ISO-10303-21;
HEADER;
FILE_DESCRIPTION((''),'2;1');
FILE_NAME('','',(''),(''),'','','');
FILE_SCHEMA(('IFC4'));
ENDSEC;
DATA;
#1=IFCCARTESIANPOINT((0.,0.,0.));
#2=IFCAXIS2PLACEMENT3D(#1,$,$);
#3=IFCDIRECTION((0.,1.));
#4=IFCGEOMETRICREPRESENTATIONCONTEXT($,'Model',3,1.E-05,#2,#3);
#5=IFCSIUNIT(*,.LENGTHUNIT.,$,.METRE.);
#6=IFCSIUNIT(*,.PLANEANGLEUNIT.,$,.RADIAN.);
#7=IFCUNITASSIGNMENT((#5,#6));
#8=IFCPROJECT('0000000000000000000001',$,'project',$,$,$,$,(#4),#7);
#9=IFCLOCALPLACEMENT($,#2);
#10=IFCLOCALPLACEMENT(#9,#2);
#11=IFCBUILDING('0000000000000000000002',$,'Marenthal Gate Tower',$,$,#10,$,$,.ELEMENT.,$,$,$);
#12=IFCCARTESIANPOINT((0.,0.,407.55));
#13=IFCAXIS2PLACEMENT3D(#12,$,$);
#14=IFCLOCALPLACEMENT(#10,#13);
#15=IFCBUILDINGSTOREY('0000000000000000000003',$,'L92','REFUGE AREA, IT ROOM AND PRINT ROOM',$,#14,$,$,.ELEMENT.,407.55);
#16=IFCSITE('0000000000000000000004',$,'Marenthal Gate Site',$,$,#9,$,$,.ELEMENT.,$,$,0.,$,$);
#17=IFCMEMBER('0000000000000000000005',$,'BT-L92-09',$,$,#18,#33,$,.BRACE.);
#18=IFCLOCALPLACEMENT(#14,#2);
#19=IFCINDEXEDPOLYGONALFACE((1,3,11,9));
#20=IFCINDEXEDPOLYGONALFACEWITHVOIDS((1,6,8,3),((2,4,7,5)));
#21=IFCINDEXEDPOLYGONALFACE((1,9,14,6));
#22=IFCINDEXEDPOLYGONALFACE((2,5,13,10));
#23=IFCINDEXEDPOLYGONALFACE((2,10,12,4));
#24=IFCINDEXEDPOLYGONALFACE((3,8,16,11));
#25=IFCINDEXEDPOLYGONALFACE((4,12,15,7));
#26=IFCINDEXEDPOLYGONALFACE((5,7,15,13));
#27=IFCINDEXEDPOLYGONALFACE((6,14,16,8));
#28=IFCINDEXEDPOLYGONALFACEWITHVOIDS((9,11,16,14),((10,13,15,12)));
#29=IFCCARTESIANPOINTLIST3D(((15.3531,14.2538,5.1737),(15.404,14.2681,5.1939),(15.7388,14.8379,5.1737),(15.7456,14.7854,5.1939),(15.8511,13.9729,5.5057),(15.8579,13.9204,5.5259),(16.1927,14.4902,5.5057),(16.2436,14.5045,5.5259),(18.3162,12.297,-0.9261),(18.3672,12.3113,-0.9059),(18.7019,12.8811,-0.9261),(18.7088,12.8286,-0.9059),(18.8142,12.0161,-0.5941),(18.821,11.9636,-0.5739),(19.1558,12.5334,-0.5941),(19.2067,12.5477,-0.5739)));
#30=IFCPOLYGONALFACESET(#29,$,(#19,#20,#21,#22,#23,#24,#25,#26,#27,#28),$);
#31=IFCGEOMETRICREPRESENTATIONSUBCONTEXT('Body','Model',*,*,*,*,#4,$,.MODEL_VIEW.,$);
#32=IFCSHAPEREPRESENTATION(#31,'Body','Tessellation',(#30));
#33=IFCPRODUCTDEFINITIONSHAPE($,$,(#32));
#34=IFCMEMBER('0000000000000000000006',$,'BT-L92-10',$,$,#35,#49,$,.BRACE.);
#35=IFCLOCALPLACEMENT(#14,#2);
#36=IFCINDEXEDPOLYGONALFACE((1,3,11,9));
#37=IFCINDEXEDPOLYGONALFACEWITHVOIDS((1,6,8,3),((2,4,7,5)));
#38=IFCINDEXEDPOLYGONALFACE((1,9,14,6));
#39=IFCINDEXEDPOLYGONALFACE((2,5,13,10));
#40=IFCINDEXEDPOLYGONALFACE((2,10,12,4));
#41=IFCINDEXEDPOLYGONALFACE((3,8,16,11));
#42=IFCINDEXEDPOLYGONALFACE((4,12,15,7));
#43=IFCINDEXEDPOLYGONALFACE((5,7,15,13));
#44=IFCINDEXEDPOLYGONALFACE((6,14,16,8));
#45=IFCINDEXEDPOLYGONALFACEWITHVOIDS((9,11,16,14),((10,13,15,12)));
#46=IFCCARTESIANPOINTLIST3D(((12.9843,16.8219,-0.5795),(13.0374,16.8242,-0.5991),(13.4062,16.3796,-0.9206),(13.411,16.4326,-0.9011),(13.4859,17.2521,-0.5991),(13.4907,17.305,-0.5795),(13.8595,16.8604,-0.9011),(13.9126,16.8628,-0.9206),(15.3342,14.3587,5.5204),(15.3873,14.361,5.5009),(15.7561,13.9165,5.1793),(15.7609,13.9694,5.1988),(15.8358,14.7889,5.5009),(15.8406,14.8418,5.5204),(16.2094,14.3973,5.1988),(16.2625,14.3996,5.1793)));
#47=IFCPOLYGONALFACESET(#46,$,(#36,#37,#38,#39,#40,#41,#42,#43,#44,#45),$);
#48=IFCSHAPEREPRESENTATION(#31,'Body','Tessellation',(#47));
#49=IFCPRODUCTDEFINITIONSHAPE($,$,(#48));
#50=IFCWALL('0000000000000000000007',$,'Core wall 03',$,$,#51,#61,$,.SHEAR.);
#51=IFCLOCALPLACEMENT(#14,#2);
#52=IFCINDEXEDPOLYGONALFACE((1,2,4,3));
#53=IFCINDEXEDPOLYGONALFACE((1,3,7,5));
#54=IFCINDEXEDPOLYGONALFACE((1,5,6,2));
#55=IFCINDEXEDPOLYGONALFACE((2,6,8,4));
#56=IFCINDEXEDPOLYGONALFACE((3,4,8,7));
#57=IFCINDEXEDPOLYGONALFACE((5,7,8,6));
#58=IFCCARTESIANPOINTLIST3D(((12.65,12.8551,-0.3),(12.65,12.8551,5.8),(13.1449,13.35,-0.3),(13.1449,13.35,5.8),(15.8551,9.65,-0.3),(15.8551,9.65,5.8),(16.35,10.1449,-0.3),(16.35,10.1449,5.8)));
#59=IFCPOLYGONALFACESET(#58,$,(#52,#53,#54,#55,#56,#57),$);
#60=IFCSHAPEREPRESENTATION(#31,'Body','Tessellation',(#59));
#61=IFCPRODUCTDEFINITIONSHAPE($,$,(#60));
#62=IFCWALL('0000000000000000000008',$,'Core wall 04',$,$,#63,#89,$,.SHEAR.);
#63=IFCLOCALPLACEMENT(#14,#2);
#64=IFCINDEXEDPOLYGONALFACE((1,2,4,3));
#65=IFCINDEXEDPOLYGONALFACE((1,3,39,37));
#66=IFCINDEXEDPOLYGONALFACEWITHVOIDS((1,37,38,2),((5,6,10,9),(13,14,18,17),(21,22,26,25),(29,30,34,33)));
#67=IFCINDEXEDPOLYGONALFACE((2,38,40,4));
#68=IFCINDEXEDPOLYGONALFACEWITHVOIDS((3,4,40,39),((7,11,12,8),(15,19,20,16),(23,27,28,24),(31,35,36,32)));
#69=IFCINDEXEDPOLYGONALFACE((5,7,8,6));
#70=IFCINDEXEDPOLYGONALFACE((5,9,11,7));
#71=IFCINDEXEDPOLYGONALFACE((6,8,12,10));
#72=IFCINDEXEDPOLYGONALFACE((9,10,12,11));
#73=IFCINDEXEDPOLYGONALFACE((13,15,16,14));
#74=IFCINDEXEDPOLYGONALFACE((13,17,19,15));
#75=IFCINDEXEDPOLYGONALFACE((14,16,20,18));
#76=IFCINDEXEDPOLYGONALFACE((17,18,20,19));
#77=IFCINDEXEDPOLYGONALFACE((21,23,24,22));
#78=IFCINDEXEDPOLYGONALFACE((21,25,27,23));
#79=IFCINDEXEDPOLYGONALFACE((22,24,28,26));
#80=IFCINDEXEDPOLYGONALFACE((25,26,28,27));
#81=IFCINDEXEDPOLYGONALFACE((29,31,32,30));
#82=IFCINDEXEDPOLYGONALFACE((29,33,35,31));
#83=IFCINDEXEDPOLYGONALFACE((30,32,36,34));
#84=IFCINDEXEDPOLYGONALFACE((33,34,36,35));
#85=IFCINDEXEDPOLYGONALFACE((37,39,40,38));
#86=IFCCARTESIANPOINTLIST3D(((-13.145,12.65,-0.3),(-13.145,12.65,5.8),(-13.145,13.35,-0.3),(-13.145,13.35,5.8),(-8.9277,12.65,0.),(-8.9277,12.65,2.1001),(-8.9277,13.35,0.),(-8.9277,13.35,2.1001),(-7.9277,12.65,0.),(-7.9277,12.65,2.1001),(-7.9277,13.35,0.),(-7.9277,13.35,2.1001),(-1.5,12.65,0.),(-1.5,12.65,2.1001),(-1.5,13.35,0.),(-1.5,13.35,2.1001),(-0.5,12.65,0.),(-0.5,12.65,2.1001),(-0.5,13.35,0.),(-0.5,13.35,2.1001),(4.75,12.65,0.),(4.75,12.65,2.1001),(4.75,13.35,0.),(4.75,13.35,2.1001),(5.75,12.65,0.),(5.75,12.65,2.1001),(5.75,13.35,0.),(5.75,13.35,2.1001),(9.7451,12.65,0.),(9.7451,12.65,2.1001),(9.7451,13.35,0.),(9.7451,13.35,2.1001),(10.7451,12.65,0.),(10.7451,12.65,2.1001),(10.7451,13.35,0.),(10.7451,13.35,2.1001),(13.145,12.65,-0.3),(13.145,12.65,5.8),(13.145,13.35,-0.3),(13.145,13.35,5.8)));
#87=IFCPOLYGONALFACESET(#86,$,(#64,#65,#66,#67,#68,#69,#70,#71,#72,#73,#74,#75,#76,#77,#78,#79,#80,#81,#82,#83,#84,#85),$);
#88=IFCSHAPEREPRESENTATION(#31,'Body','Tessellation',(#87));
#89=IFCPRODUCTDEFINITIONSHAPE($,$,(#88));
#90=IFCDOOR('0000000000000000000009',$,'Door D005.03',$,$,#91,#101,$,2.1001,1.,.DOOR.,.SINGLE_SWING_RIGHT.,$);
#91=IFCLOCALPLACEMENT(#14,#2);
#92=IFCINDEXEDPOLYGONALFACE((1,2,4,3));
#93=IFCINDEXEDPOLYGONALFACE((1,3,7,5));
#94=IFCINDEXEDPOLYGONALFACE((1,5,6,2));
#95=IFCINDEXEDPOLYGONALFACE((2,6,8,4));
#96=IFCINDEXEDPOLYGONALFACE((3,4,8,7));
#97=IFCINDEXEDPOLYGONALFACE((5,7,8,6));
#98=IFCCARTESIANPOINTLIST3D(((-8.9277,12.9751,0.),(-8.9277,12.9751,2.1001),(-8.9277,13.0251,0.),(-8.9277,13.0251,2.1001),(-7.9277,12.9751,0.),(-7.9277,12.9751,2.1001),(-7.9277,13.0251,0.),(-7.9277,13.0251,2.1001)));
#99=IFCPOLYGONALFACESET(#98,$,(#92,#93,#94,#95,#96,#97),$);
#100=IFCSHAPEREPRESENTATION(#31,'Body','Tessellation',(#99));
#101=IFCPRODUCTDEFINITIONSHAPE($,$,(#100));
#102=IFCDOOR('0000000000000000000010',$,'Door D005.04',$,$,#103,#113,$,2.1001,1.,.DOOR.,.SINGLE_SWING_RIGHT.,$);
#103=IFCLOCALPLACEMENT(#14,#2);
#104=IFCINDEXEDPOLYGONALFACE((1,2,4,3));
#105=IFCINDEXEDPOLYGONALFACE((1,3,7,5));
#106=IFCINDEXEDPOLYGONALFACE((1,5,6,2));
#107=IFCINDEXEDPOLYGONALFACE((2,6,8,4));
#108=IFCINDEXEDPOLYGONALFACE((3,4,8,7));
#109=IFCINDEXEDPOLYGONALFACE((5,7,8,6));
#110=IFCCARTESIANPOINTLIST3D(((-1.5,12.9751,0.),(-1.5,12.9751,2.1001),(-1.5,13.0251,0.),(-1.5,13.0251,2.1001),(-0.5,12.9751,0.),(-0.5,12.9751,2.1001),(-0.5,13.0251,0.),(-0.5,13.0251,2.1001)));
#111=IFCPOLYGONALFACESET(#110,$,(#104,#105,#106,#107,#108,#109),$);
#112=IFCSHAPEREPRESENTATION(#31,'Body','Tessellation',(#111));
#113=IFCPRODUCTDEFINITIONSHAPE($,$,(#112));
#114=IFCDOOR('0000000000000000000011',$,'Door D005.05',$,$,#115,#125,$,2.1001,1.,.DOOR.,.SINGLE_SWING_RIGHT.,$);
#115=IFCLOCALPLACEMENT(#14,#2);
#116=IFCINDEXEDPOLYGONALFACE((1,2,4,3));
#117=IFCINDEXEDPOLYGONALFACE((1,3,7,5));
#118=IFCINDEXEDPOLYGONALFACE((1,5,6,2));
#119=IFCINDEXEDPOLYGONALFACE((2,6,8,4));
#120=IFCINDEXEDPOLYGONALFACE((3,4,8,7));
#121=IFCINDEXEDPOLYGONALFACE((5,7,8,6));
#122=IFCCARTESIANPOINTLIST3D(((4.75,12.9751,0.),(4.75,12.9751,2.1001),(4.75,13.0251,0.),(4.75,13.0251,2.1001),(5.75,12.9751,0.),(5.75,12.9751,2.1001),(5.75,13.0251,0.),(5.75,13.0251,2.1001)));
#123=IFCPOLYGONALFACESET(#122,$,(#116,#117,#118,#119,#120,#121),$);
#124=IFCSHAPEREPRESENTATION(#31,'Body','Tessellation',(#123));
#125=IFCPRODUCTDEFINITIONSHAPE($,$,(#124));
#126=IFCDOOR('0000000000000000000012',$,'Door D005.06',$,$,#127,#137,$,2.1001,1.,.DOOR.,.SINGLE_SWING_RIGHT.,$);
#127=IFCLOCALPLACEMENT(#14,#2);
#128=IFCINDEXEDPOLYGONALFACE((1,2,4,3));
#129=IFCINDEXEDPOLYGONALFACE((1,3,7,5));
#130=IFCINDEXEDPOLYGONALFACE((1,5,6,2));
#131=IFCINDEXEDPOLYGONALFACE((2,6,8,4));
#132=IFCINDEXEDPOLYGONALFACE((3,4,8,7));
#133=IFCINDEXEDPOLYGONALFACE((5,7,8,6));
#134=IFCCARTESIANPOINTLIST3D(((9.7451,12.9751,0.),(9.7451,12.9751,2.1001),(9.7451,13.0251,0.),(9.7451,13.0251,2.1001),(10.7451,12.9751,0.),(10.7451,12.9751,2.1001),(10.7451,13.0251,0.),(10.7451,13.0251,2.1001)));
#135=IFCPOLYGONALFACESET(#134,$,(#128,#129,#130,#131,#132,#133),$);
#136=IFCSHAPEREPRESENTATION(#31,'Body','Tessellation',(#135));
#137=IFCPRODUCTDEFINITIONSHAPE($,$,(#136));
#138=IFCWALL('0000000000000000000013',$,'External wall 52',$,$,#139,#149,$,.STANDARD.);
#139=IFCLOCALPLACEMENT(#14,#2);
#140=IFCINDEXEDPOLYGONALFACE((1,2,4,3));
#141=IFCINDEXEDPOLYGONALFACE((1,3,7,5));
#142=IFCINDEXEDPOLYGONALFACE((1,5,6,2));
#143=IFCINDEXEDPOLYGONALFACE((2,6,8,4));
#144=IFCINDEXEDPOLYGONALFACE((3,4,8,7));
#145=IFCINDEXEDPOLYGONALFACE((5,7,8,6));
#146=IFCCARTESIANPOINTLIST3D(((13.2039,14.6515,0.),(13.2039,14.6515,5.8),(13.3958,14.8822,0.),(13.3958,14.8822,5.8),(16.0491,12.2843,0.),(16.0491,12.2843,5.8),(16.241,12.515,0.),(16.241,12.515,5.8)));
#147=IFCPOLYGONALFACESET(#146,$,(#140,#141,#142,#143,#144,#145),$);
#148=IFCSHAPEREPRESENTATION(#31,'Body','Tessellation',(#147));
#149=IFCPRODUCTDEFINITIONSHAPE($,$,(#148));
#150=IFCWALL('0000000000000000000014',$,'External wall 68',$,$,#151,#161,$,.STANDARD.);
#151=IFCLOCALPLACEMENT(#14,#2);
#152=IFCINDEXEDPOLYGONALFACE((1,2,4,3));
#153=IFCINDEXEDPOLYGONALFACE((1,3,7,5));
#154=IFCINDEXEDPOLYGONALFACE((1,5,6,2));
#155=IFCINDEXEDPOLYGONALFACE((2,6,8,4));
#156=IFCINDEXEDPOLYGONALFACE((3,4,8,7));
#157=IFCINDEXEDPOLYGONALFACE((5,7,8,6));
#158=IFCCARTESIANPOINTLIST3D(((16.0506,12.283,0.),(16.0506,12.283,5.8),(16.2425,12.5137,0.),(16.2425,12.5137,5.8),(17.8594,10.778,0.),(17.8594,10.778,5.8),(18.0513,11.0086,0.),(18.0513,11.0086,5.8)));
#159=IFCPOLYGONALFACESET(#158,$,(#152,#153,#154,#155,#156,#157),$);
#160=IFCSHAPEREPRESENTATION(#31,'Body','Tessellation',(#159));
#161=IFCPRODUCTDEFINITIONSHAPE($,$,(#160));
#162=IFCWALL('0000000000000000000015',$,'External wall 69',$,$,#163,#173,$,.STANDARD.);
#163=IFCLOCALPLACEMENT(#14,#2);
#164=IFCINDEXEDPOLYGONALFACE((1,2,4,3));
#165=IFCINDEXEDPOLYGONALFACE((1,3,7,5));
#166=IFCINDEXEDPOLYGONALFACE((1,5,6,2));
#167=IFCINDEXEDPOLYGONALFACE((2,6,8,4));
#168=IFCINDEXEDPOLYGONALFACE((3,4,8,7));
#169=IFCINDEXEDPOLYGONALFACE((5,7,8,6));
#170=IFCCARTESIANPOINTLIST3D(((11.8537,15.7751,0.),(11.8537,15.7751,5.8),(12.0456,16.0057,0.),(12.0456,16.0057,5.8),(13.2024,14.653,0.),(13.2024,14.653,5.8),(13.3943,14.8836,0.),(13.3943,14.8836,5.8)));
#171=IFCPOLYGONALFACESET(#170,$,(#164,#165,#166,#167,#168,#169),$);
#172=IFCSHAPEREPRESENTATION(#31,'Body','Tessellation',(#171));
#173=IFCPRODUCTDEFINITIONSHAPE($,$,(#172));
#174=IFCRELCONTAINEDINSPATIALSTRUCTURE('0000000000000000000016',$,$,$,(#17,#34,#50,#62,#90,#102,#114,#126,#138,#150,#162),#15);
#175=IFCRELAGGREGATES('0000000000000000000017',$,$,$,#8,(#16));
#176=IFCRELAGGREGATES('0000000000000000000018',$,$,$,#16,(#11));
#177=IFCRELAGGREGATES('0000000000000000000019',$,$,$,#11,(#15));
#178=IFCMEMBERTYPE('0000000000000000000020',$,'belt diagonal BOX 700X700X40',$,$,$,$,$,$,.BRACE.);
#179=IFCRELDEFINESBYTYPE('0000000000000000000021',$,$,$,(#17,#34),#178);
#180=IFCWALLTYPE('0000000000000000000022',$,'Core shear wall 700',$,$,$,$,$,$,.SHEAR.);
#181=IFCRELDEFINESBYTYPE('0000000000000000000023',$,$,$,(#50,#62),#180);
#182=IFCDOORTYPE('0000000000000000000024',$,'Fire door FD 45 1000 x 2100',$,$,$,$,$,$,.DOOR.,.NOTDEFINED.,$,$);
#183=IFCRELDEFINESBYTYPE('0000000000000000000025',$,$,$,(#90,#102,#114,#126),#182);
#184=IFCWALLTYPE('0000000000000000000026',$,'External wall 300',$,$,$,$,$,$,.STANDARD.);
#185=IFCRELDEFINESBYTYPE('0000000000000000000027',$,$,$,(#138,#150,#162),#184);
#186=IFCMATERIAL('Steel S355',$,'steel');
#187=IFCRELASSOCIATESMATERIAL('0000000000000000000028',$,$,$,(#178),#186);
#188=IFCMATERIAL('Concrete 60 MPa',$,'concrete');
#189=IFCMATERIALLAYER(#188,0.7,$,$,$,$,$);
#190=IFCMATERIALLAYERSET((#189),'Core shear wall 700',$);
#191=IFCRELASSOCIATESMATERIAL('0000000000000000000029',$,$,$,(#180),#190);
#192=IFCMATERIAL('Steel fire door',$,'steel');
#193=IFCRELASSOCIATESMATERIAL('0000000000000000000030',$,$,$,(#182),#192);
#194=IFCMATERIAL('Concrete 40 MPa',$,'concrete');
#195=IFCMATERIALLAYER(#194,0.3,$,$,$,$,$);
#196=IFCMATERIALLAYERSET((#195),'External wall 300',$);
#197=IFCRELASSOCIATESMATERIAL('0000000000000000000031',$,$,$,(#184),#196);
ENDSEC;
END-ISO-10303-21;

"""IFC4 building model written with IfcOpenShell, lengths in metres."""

from ifc_helpers import new_model, si_unit, direction, frame, frame_2d, origin, origin_2d, place, context, subcontext, project, spatial, rectangle, hollow_rectangle, extrude, material, layer, layer_set, material_profile, profile_set, type_object, element, fill, save


model = new_model("IFC4")

# Units and contexts
model_context = context("Model", 3, precision=1e-05, world=origin(), true_north=direction((0.0, 1.0)))
body_context = subcontext(model_context, "Body", "Model", "MODEL_VIEW")
ifc_project = project(units=[si_unit("LENGTHUNIT", "METRE"), si_unit("PLANEANGLEUNIT", "RADIAN")], contexts=[model_context])

# Site, building, storey
site_placement = place(None, origin())
site = spatial("IfcSite", under=ifc_project, at=site_placement, Name="Marenthal Gate Site", CompositionType="ELEMENT", RefElevation=0.0)
building_placement = place(site_placement, origin())
building = spatial("IfcBuilding", under=site, at=building_placement, Name="Marenthal Gate Tower", CompositionType="ELEMENT")
storey_placement = place(building_placement, frame((0.0, 0.0, 407.55)))
storey = spatial("IfcBuildingStorey", under=building, at=storey_placement, Name="L92", Description="REFUGE AREA, IT ROOM AND PRINT ROOM", CompositionType="ELEMENT", Elevation=407.55)

# Members
ifc_material_1 = material(Name="Steel S355", Category="steel")
ifc_material_profile_1 = material_profile(ifc_material_1, hollow_rectangle(XDim=0.7, YDim=0.7, WallThickness=0.04, at=origin_2d()), Name="BOX 700X700X40")
ifc_profile_set_1 = profile_set([ifc_material_profile_1], Name="Steel S355")
member_type_1 = type_object("IfcMemberType", Name="belt diagonal BOX 700X700X40", PredefinedType="BRACE", material=ifc_profile_set_1)
member_1_placement = place(storey_placement, frame((18.7615, 12.4224, -0.75), z_axis=(-0.419818, 0.277238, 0.864229), x_axis=(-0.551062, -0.834465, 0.0)))
element("IfcMember", 1, at=member_1_placement, inside=storey, type_object=member_type_1, Name="BT-L92-09", PredefinedType="BRACE", context=body_context, shape_type="SweptSolid", body=[
    extrude(hollow_rectangle(XDim=0.7, YDim=0.7, WallThickness=0.04, at=origin_2d()), origin(), (0.0, 0.0, 1.0), 7.0581),
])
member_2_placement = place(storey_placement, frame((15.7983, 14.3792, 5.3499), z_axis=(-0.336391, 0.352607, -0.873218), x_axis=(-0.723549, -0.690273, 0.0)))
element("IfcMember", 2, at=member_2_placement, inside=storey, type_object=member_type_1, Name="BT-L92-10", PredefinedType="BRACE", context=body_context, shape_type="SweptSolid", body=[
    extrude(hollow_rectangle(XDim=0.7, YDim=0.7, WallThickness=0.04, at=origin_2d()), origin(), (0.0, 0.0, 1.0), 6.9856),
])

# Wall
ifc_material_2 = material(Name="Concrete 60 MPa", Category="concrete")
ifc_layer_1 = layer(ifc_material_2, 0.7)
ifc_layer_set_1 = layer_set([ifc_layer_1], Name="Core shear wall 700")
wall_type_1 = type_object("IfcWallType", Name="Core shear wall 700", PredefinedType="SHEAR", material=ifc_layer_set_1)
wall_1_placement = place(storey_placement, frame((16.1025, 9.8975, -0.3), z_axis=(0.0, 0.0, 1.0), x_axis=(-0.707107, 0.707107, 0.0)))
element("IfcWall", 3, at=wall_1_placement, inside=storey, type_object=wall_type_1, Name="Core wall 03", PredefinedType="SHEAR", context=body_context, shape_type="SweptSolid", body=[
    extrude(rectangle(XDim=4.5327, YDim=0.7, at=frame_2d((2.2664, 0.0))), origin(), (0.0, 0.0, 1.0), 6.1001),
])

# Wall, openings, doors
wall_2_placement = place(storey_placement, frame((13.145, 13.0, -0.3), z_axis=(0.0, 0.0, 1.0), x_axis=(-1.0, 0.0, 0.0)))
wall_2 = element("IfcWall", 4, at=wall_2_placement, inside=storey, type_object=wall_type_1, Name="Core wall 04", PredefinedType="SHEAR", context=body_context, shape_type="SweptSolid", body=[
    extrude(rectangle(XDim=26.29, YDim=0.7, at=frame_2d((13.145, 0.0))), origin(), (0.0, 0.0, 1.0), 6.1001),
])
opening_1_placement = place(wall_2_placement, frame((21.0728, 0.0, 0.3)))
opening_1 = element("IfcOpeningElement", 5, at=opening_1_placement, cuts=wall_2, PredefinedType="OPENING", context=body_context, shape_type="SweptSolid", body=[
    extrude(rectangle(XDim=1.0, YDim=2.1001, at=frame_2d((0.5, 1.05))), frame((0.0, 0.3599, 0.0), z_axis=(0.0, -1.0, 0.0), x_axis=(1.0, 0.0, 0.0)), (0.0, 0.0, 1.0), 0.72),
])
opening_2_placement = place(wall_2_placement, frame((13.645, 0.0, 0.3)))
opening_2 = element("IfcOpeningElement", 6, at=opening_2_placement, cuts=wall_2, PredefinedType="OPENING", context=body_context, shape_type="SweptSolid", body=[
    extrude(rectangle(XDim=1.0, YDim=2.1001, at=frame_2d((0.5, 1.05))), frame((0.0, 0.3599, 0.0), z_axis=(0.0, -1.0, 0.0), x_axis=(1.0, 0.0, 0.0)), (0.0, 0.0, 1.0), 0.72),
])
opening_3_placement = place(wall_2_placement, frame((7.395, 0.0, 0.3)))
opening_3 = element("IfcOpeningElement", 7, at=opening_3_placement, cuts=wall_2, PredefinedType="OPENING", context=body_context, shape_type="SweptSolid", body=[
    extrude(rectangle(XDim=1.0, YDim=2.1001, at=frame_2d((0.5, 1.05))), frame((0.0, 0.3599, 0.0), z_axis=(0.0, -1.0, 0.0), x_axis=(1.0, 0.0, 0.0)), (0.0, 0.0, 1.0), 0.72),
])
opening_4_placement = place(wall_2_placement, frame((2.3999, 0.0, 0.3)))
opening_4 = element("IfcOpeningElement", 8, at=opening_4_placement, cuts=wall_2, PredefinedType="OPENING", context=body_context, shape_type="SweptSolid", body=[
    extrude(rectangle(XDim=1.0, YDim=2.1001, at=frame_2d((0.5, 1.05))), frame((0.0, 0.3599, 0.0), z_axis=(0.0, -1.0, 0.0), x_axis=(1.0, 0.0, 0.0)), (0.0, 0.0, 1.0), 0.72),
])
ifc_material_3 = material(Name="Steel fire door", Category="steel")
door_type = type_object("IfcDoorType", Name="Fire door FD 45 1000 x 2100", OperationType="NOTDEFINED", PredefinedType="DOOR", material=ifc_material_3)
door_1_placement = place(opening_1_placement, origin())
door_1 = element("IfcDoor", 9, at=door_1_placement, inside=storey, type_object=door_type, Name="Door D005.03", OperationType="SINGLE_SWING_RIGHT", OverallHeight=2.1001, OverallWidth=1.0, PredefinedType="DOOR", context=body_context, shape_type="SweptSolid", body=[
    extrude(rectangle(XDim=1.0, YDim=2.1001, at=frame_2d((0.5, 1.05))), frame((0.0, 0.0249, 0.0), z_axis=(0.0, -1.0, 0.0), x_axis=(1.0, 0.0, 0.0)), (0.0, 0.0, 1.0), 0.05),
])
fill(opening_1, door_1)
door_2_placement = place(opening_2_placement, origin())
door_2 = element("IfcDoor", 10, at=door_2_placement, inside=storey, type_object=door_type, Name="Door D005.04", OperationType="SINGLE_SWING_RIGHT", OverallHeight=2.1001, OverallWidth=1.0, PredefinedType="DOOR", context=body_context, shape_type="SweptSolid", body=[
    extrude(rectangle(XDim=1.0, YDim=2.1001, at=frame_2d((0.5, 1.05))), frame((0.0, 0.0249, 0.0), z_axis=(0.0, -1.0, 0.0), x_axis=(1.0, 0.0, 0.0)), (0.0, 0.0, 1.0), 0.05),
])
fill(opening_2, door_2)
door_3_placement = place(opening_3_placement, origin())
door_3 = element("IfcDoor", 11, at=door_3_placement, inside=storey, type_object=door_type, Name="Door D005.05", OperationType="SINGLE_SWING_RIGHT", OverallHeight=2.1001, OverallWidth=1.0, PredefinedType="DOOR", context=body_context, shape_type="SweptSolid", body=[
    extrude(rectangle(XDim=1.0, YDim=2.1001, at=frame_2d((0.5, 1.05))), frame((0.0, 0.0249, 0.0), z_axis=(0.0, -1.0, 0.0), x_axis=(1.0, 0.0, 0.0)), (0.0, 0.0, 1.0), 0.05),
])
fill(opening_3, door_3)
door_4_placement = place(opening_4_placement, origin())
door_4 = element("IfcDoor", 12, at=door_4_placement, inside=storey, type_object=door_type, Name="Door D005.06", OperationType="SINGLE_SWING_RIGHT", OverallHeight=2.1001, OverallWidth=1.0, PredefinedType="DOOR", context=body_context, shape_type="SweptSolid", body=[
    extrude(rectangle(XDim=1.0, YDim=2.1001, at=frame_2d((0.5, 1.05))), frame((0.0, 0.0249, 0.0), z_axis=(0.0, -1.0, 0.0), x_axis=(1.0, 0.0, 0.0)), (0.0, 0.0, 1.0), 0.05),
])
fill(opening_4, door_4)

# Walls
ifc_material_4 = material(Name="Concrete 40 MPa", Category="concrete")
ifc_layer_2 = layer(ifc_material_4, 0.3)
ifc_layer_set_2 = layer_set([ifc_layer_2], Name="External wall 300")
wall_type_2 = type_object("IfcWallType", Name="External wall 300", PredefinedType="STANDARD", material=ifc_layer_set_2)
wall_3_placement = place(storey_placement, frame((16.145, 12.3997, 0.0), z_axis=(0.0, 0.0, 1.0), x_axis=(-0.768729, 0.639574, 0.0)))
element("IfcWall", 13, at=wall_3_placement, inside=storey, type_object=wall_type_2, Name="External wall 52", PredefinedType="STANDARD", context=body_context, shape_type="SweptSolid", body=[
    extrude(rectangle(XDim=3.7012, YDim=0.3, at=frame_2d((1.8506, 0.0))), origin(), (0.0, 0.0, 1.0), 5.8),
])
wall_4_placement = place(storey_placement, frame((17.9553, 10.8933, 0.0), z_axis=(0.0, 0.0, 1.0), x_axis=(-0.768689, 0.639623, 0.0)))
element("IfcWall", 14, at=wall_4_placement, inside=storey, type_object=wall_type_2, Name="External wall 68", PredefinedType="STANDARD", context=body_context, shape_type="SweptSolid", body=[
    extrude(rectangle(XDim=2.353, YDim=0.3, at=frame_2d((1.1765, 0.0))), origin(), (0.0, 0.0, 1.0), 5.8),
])
wall_5_placement = place(storey_placement, frame((13.2983, 14.7683, 0.0), z_axis=(0.0, 0.0, 1.0), x_axis=(-0.768723, 0.639582, 0.0)))
element("IfcWall", 15, at=wall_5_placement, inside=storey, type_object=wall_type_2, Name="External wall 69", PredefinedType="STANDARD", context=body_context, shape_type="SweptSolid", body=[
    extrude(rectangle(XDim=1.7544, YDim=0.3, at=frame_2d((0.8772, 0.0))), origin(), (0.0, 0.0, 1.0), 5.8),
])

save(model, "model.ifc")
